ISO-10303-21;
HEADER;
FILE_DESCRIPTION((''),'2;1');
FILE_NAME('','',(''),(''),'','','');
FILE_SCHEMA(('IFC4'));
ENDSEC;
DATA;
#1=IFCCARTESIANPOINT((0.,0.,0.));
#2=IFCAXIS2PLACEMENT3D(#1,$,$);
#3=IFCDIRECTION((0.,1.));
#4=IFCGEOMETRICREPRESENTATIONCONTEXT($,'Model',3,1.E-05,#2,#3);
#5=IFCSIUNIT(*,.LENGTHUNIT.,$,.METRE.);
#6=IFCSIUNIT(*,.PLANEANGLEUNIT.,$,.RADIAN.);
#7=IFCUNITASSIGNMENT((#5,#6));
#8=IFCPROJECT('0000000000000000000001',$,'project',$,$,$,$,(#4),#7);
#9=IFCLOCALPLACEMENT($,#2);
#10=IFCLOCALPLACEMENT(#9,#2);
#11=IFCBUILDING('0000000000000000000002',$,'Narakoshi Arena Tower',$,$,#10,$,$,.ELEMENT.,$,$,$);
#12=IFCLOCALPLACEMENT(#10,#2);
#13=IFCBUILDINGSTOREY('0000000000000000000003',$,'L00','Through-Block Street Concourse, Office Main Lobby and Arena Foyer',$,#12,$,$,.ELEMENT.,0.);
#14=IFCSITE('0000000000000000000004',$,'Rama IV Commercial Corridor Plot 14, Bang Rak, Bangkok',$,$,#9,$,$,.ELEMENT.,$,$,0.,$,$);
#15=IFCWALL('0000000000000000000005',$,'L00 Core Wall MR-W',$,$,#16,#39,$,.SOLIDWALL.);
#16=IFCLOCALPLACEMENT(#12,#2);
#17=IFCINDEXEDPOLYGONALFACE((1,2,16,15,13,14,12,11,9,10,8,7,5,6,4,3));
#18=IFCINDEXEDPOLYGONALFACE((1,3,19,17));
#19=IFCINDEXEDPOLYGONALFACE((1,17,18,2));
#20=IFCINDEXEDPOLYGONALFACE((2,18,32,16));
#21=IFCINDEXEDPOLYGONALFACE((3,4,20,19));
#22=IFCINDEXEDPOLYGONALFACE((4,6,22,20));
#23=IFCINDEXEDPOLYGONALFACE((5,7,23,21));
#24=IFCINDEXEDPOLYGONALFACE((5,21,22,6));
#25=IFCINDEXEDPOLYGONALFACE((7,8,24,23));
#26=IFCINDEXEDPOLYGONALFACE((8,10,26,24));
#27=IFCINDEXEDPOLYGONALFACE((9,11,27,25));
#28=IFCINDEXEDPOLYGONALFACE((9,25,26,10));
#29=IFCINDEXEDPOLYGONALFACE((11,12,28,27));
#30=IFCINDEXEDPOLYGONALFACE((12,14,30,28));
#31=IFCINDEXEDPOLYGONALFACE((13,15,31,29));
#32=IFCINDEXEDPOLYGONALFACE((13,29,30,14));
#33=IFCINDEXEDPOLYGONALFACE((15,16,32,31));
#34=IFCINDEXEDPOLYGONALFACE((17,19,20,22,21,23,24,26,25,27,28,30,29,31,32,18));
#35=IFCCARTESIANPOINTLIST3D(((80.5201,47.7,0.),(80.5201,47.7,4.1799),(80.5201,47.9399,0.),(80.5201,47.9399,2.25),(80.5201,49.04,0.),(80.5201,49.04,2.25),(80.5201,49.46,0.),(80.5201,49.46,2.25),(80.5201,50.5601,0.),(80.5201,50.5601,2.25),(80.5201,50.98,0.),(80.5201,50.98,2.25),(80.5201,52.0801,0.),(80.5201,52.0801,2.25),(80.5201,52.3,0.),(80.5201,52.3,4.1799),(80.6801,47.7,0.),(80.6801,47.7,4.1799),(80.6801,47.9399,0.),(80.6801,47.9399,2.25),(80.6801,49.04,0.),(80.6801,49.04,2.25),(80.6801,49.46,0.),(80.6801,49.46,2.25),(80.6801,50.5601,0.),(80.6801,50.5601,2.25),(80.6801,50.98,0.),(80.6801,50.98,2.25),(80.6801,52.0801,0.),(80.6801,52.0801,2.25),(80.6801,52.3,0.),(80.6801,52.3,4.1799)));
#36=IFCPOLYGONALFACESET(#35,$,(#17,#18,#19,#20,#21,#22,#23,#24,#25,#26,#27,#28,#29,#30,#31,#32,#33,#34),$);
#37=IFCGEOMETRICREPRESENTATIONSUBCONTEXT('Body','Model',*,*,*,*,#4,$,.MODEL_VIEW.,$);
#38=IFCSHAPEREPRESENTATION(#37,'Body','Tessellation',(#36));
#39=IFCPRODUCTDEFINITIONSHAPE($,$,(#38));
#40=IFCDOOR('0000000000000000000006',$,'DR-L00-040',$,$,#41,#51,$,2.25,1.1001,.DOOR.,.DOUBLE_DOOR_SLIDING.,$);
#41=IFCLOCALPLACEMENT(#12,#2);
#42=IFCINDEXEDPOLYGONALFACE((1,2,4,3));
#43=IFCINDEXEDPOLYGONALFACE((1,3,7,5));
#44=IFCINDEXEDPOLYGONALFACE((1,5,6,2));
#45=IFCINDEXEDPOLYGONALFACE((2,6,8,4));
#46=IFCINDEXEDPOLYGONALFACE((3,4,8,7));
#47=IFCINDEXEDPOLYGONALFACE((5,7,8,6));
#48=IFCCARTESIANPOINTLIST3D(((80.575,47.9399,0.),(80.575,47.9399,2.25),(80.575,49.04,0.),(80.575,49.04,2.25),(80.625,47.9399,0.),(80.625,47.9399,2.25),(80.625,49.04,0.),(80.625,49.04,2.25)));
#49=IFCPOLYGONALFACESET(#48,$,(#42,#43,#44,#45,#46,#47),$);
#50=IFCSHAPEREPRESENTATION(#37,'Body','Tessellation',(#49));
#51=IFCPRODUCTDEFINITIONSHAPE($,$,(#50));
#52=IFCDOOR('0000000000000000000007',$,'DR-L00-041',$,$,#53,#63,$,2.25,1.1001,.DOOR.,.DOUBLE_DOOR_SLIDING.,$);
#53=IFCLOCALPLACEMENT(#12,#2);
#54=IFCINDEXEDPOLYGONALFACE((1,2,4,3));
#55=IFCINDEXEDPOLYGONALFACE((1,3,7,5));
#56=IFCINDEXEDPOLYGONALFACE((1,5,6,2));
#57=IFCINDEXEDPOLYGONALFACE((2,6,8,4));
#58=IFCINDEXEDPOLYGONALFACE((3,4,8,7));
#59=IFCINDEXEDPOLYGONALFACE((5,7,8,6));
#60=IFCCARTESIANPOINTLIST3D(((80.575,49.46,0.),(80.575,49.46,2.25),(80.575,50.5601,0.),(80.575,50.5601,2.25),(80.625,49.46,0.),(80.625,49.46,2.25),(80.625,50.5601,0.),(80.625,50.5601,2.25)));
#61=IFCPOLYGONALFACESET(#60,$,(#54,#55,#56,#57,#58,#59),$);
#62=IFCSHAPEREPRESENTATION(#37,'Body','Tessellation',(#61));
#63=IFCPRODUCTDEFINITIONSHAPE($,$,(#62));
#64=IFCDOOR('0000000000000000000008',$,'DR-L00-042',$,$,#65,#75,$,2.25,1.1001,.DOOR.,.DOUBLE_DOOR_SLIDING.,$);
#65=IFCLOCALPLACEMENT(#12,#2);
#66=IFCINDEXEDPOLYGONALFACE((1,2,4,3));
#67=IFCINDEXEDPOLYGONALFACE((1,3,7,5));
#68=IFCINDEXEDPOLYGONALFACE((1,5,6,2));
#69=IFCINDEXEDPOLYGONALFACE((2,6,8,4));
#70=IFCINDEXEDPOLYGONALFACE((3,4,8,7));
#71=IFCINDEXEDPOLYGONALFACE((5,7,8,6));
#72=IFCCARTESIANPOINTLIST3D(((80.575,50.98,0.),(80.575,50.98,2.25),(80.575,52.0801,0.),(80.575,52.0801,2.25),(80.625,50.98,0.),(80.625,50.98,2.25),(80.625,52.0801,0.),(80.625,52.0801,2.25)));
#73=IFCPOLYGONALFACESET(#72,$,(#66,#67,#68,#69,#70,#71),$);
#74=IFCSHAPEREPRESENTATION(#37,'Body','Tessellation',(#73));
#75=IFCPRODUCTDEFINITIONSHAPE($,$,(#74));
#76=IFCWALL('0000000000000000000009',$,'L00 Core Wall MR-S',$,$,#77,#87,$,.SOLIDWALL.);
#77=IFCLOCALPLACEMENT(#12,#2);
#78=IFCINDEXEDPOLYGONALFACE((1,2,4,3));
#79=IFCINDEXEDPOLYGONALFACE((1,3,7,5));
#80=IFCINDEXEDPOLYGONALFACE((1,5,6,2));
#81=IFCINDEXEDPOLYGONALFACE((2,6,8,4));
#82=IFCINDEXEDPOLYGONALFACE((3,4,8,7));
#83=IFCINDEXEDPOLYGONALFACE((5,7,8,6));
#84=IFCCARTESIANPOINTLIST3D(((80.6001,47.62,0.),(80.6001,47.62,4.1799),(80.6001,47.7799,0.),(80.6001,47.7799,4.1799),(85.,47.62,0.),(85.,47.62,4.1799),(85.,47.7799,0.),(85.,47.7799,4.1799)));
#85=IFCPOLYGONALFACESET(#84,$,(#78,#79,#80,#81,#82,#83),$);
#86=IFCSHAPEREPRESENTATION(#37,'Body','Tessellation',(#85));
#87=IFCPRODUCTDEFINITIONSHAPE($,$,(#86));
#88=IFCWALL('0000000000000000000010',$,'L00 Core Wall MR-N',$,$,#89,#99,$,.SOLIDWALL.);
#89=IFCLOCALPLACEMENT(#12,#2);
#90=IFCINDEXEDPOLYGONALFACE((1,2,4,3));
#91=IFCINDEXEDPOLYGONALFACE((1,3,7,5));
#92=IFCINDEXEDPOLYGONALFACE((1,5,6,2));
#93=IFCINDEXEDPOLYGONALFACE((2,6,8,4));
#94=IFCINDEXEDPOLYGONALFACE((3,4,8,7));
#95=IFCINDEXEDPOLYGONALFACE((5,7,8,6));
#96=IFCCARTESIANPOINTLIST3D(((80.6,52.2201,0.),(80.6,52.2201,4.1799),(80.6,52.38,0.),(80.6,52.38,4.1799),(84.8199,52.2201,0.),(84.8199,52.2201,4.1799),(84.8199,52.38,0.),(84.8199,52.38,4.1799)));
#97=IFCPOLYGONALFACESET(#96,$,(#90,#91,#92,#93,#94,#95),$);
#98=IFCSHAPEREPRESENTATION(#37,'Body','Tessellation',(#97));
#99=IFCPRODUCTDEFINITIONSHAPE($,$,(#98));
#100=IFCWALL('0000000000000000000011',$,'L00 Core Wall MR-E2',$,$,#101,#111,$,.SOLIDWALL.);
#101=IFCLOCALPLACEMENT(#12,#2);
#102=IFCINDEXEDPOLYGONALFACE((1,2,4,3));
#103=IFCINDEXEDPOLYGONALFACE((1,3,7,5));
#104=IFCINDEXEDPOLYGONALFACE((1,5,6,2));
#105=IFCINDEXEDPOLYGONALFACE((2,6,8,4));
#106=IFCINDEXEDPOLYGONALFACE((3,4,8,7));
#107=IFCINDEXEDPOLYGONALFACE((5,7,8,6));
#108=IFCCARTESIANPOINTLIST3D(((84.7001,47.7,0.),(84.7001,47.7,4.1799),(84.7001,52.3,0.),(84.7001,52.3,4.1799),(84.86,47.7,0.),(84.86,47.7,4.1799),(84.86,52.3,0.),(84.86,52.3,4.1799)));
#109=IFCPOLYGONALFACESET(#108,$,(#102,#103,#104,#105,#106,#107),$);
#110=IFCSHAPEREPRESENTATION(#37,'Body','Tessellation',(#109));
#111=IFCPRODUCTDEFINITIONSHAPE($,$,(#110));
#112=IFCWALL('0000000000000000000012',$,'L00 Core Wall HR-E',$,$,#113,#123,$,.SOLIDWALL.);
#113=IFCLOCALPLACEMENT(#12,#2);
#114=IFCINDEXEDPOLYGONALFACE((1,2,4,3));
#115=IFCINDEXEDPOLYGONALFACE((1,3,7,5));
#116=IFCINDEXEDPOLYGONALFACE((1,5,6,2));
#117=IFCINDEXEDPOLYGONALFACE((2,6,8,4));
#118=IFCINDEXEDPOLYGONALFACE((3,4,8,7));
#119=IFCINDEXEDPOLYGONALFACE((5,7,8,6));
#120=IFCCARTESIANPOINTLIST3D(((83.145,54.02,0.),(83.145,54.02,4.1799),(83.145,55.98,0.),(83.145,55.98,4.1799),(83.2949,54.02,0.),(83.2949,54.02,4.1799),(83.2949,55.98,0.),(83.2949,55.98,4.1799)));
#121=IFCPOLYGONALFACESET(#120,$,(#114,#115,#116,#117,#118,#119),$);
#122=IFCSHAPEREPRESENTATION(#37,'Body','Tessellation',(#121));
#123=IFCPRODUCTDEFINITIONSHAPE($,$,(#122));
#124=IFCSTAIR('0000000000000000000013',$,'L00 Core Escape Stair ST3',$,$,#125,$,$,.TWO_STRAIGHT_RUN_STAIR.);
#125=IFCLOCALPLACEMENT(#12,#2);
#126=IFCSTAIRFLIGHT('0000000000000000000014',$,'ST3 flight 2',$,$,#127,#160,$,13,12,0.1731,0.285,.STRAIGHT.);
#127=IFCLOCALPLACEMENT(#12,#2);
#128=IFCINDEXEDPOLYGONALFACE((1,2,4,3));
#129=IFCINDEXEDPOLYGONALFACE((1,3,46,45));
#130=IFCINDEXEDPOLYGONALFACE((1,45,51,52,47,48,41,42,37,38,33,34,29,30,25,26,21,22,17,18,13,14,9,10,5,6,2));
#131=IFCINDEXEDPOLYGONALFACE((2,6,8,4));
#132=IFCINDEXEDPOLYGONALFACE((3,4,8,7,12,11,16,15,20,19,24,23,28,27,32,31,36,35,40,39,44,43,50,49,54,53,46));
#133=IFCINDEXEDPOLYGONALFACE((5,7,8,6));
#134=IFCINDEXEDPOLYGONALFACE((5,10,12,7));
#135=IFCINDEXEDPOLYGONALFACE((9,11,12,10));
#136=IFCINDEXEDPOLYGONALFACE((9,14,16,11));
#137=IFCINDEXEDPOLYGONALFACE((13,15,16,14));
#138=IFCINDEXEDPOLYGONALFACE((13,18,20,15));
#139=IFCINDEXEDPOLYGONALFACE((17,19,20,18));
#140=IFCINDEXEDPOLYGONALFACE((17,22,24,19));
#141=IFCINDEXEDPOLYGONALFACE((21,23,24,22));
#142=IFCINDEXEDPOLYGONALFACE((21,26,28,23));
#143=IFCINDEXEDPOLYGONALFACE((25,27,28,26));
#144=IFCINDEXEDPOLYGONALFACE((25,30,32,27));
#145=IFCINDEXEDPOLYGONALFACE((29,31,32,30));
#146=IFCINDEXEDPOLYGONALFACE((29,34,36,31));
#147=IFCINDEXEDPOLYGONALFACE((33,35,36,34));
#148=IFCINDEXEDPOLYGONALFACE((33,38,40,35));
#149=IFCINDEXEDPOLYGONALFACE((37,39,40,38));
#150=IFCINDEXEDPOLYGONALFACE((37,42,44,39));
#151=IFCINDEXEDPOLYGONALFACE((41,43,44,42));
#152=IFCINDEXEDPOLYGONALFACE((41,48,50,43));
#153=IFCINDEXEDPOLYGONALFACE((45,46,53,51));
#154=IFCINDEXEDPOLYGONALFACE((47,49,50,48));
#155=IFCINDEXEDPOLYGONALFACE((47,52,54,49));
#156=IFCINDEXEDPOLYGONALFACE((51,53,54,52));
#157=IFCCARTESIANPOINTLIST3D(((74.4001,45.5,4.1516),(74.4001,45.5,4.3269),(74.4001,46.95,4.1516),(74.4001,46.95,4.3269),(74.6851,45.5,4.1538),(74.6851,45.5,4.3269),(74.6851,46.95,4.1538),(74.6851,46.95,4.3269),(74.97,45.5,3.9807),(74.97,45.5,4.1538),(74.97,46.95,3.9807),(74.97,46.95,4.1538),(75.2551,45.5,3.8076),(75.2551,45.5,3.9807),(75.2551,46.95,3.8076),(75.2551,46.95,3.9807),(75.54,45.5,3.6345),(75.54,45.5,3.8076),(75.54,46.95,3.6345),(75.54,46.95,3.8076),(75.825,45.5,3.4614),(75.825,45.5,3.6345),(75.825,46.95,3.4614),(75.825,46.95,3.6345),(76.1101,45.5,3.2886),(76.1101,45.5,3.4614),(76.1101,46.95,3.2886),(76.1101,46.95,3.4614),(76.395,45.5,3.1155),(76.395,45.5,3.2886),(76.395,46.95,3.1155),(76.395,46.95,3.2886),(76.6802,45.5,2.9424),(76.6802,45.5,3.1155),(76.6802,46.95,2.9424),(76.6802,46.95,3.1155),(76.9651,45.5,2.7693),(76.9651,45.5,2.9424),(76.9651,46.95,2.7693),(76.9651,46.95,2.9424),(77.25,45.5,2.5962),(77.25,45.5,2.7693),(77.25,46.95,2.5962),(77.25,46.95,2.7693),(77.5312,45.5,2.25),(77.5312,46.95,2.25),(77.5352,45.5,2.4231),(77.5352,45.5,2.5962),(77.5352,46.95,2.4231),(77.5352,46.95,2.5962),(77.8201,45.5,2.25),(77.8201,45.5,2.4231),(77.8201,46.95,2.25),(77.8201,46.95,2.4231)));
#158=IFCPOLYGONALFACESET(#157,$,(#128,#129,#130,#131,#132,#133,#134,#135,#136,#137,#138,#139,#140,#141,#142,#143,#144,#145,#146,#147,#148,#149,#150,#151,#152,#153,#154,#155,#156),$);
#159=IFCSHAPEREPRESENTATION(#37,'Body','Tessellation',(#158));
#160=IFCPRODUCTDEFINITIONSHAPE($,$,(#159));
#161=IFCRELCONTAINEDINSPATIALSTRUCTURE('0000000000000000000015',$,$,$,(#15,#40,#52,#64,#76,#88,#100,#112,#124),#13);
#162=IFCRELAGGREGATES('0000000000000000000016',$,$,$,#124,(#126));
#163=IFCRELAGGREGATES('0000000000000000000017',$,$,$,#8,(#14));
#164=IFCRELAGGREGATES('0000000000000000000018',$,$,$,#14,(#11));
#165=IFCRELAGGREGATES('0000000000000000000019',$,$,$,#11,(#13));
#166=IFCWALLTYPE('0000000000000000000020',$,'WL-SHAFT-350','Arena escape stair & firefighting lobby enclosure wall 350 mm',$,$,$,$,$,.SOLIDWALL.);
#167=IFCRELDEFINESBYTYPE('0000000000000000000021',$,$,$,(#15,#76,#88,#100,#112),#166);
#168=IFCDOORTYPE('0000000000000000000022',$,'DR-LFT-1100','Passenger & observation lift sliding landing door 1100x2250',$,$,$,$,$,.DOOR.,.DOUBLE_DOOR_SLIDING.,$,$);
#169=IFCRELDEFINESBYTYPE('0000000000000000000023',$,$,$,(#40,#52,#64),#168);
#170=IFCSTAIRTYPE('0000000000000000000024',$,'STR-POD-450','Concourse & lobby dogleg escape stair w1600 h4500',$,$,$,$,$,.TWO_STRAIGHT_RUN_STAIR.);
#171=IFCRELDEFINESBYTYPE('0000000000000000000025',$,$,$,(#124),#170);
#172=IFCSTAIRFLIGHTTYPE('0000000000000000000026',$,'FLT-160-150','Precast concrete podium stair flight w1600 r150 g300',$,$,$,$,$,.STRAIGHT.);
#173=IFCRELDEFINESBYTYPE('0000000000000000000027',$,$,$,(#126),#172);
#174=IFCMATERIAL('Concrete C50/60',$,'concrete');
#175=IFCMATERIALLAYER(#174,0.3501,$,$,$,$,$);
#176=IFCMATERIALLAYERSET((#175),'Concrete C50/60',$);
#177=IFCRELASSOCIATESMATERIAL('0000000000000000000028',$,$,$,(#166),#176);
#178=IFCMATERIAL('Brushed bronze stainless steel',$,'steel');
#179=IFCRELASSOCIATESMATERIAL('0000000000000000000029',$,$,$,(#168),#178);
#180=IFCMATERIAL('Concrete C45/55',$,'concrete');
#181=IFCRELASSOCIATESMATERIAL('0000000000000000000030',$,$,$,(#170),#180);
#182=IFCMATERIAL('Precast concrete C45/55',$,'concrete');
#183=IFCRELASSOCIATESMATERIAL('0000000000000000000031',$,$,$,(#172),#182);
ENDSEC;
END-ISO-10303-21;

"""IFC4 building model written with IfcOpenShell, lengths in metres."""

from ifc_helpers import new_model, si_unit, direction, frame, frame_2d, origin, place, context, subcontext, project, spatial, polyline, rectangle, outline, extrude, material, layer, layer_set, type_object, element, fill, aggregate, save


model = new_model("IFC4")

# Units and contexts
model_context = context("Model", 3, precision=1e-05, world=origin(), true_north=direction((0.0, 1.0)))
body_context = subcontext(model_context, "Body", "Model", "MODEL_VIEW")
ifc_project = project(units=[si_unit("LENGTHUNIT", "METRE"), si_unit("PLANEANGLEUNIT", "RADIAN")], contexts=[model_context])

# Site, building, storey
site_placement = place(None, origin())
site = spatial("IfcSite", under=ifc_project, at=site_placement, Name="Rama IV Commercial Corridor Plot 14, Bang Rak, Bangkok", CompositionType="ELEMENT", RefElevation=0.0)
building_placement = place(site_placement, origin())
building = spatial("IfcBuilding", under=site, at=building_placement, Name="Narakoshi Arena Tower", CompositionType="ELEMENT")
storey_placement = place(building_placement, origin())
storey = spatial("IfcBuildingStorey", under=building, at=storey_placement, Name="L00", Description="Through-Block Street Concourse, Office Main Lobby and Arena Foyer", CompositionType="ELEMENT", Elevation=0.0)

# Wall, openings, doors
ifc_material_1 = material(Name="Concrete C50/60", Category="concrete")
ifc_layer_1 = layer(ifc_material_1, 0.3501)
ifc_layer_set_1 = layer_set([ifc_layer_1], Name="Concrete C50/60")
wall_type_1 = type_object("IfcWallType", Name="WL-SHAFT-350", Description="Arena escape stair & firefighting lobby enclosure wall 350 mm", PredefinedType="SOLIDWALL", material=ifc_layer_set_1)
wall_1_placement = place(storey_placement, frame((80.6001, 47.7, 0.0), z_axis=(0.0, 0.0, 1.0), x_axis=(0.0, 1.0, 0.0)))
wall_1 = element("IfcWall", 1, at=wall_1_placement, inside=storey, type_object=wall_type_1, Name="L00 Core Wall MR-W", PredefinedType="SOLIDWALL", context=body_context, shape_type="SweptSolid", body=[
    extrude(rectangle(XDim=4.6001, YDim=0.1599, at=frame_2d((2.3, 0.0))), origin(), (0.0, 0.0, 1.0), 4.1799),
])
opening_1_placement = place(wall_1_placement, frame((0.24, 0.0, 0.0)))
opening_1 = element("IfcOpeningElement", 2, at=opening_1_placement, cuts=wall_1, PredefinedType="OPENING", context=body_context, shape_type="SweptSolid", body=[
    extrude(rectangle(XDim=1.1001, YDim=2.25, at=frame_2d((0.55, 1.125))), frame((0.0, 0.0898, 0.0), z_axis=(0.0, -1.0, 0.0), x_axis=(1.0, 0.0, 0.0)), (0.0, 0.0, 1.0), 0.1799),
])
opening_2_placement = place(wall_1_placement, frame((1.76, 0.0, 0.0)))
opening_2 = element("IfcOpeningElement", 3, at=opening_2_placement, cuts=wall_1, PredefinedType="OPENING", context=body_context, shape_type="SweptSolid", body=[
    extrude(rectangle(XDim=1.1001, YDim=2.25, at=frame_2d((0.55, 1.125))), frame((0.0, 0.0898, 0.0), z_axis=(0.0, -1.0, 0.0), x_axis=(1.0, 0.0, 0.0)), (0.0, 0.0, 1.0), 0.1799),
])
opening_3_placement = place(wall_1_placement, frame((3.28, 0.0, 0.0)))
opening_3 = element("IfcOpeningElement", 4, at=opening_3_placement, cuts=wall_1, PredefinedType="OPENING", context=body_context, shape_type="SweptSolid", body=[
    extrude(rectangle(XDim=1.1001, YDim=2.25, at=frame_2d((0.55, 1.125))), frame((0.0, 0.0898, 0.0), z_axis=(0.0, -1.0, 0.0), x_axis=(1.0, 0.0, 0.0)), (0.0, 0.0, 1.0), 0.1799),
])
ifc_material_2 = material(Name="Brushed bronze stainless steel", Category="steel")
door_type_1 = type_object("IfcDoorType", Name="DR-LFT-1100", Description="Passenger & observation lift sliding landing door 1100x2250", OperationType="DOUBLE_DOOR_SLIDING", PredefinedType="DOOR", material=ifc_material_2)
door_1_placement = place(opening_1_placement, frame((1.1001, 0.0, 0.0), z_axis=(0.0, 0.0, 1.0), x_axis=(-1.0, 0.0, 0.0)))
door_1 = element("IfcDoor", 5, at=door_1_placement, inside=storey, type_object=door_type_1, Name="DR-L00-040", OperationType="DOUBLE_DOOR_SLIDING", OverallHeight=2.25, OverallWidth=1.1001, PredefinedType="DOOR", context=body_context, shape_type="SweptSolid", body=[
    extrude(rectangle(XDim=1.1001, YDim=2.25, at=frame_2d((0.55, 1.125))), frame((0.0, 0.0249, 0.0), z_axis=(0.0, -1.0, 0.0), x_axis=(1.0, 0.0, 0.0)), (0.0, 0.0, 1.0), 0.05),
])
fill(opening_1, door_1)
door_2_placement = place(opening_2_placement, frame((1.1001, 0.0, 0.0), z_axis=(0.0, 0.0, 1.0), x_axis=(-1.0, 0.0, 0.0)))
door_2 = element("IfcDoor", 6, at=door_2_placement, inside=storey, type_object=door_type_1, Name="DR-L00-041", OperationType="DOUBLE_DOOR_SLIDING", OverallHeight=2.25, OverallWidth=1.1001, PredefinedType="DOOR", context=body_context, shape_type="SweptSolid", body=[
    extrude(rectangle(XDim=1.1001, YDim=2.25, at=frame_2d((0.55, 1.125))), frame((0.0, 0.0249, 0.0), z_axis=(0.0, -1.0, 0.0), x_axis=(1.0, 0.0, 0.0)), (0.0, 0.0, 1.0), 0.05),
])
fill(opening_2, door_2)
door_3_placement = place(opening_3_placement, frame((1.1001, 0.0, 0.0), z_axis=(0.0, 0.0, 1.0), x_axis=(-1.0, 0.0, 0.0)))
door_3 = element("IfcDoor", 7, at=door_3_placement, inside=storey, type_object=door_type_1, Name="DR-L00-042", OperationType="DOUBLE_DOOR_SLIDING", OverallHeight=2.25, OverallWidth=1.1001, PredefinedType="DOOR", context=body_context, shape_type="SweptSolid", body=[
    extrude(rectangle(XDim=1.1001, YDim=2.25, at=frame_2d((0.55, 1.125))), frame((0.0, 0.0249, 0.0), z_axis=(0.0, -1.0, 0.0), x_axis=(1.0, 0.0, 0.0)), (0.0, 0.0, 1.0), 0.05),
])
fill(opening_3, door_3)

# Walls
wall_2_placement = place(storey_placement, frame((80.6001, 47.7, 0.0), z_axis=(0.0, 0.0, 1.0), x_axis=(1.0, 0.0, 0.0)))
element("IfcWall", 8, at=wall_2_placement, inside=storey, type_object=wall_type_1, Name="L00 Core Wall MR-S", PredefinedType="SOLIDWALL", context=body_context, shape_type="SweptSolid", body=[
    extrude(rectangle(XDim=4.3999, YDim=0.1599, at=frame_2d((2.2, 0.0))), origin(), (0.0, 0.0, 1.0), 4.1799),
])
wall_3_placement = place(storey_placement, frame((80.6001, 52.3, 0.0), z_axis=(0.0, 0.0, 1.0), x_axis=(1.0, 0.0, 0.0)))
element("IfcWall", 9, at=wall_3_placement, inside=storey, type_object=wall_type_1, Name="L00 Core Wall MR-N", PredefinedType="SOLIDWALL", context=body_context, shape_type="SweptSolid", body=[
    extrude(rectangle(XDim=4.22, YDim=0.1599, at=frame_2d((2.1099, 0.0))), origin(), (0.0, 0.0, 1.0), 4.1799),
])
wall_4_placement = place(storey_placement, frame((84.78, 47.7, 0.0), z_axis=(0.0, 0.0, 1.0), x_axis=(0.0, 1.0, 0.0)))
element("IfcWall", 10, at=wall_4_placement, inside=storey, type_object=wall_type_1, Name="L00 Core Wall MR-E2", PredefinedType="SOLIDWALL", context=body_context, shape_type="SweptSolid", body=[
    extrude(rectangle(XDim=4.6001, YDim=0.1599, at=frame_2d((2.3, 0.0))), origin(), (0.0, 0.0, 1.0), 4.1799),
])
wall_5_placement = place(storey_placement, frame((83.22, 54.02, 0.0), z_axis=(0.0, 0.0, 1.0), x_axis=(0.0, 1.0, 0.0)))
element("IfcWall", 11, at=wall_5_placement, inside=storey, type_object=wall_type_1, Name="L00 Core Wall HR-E", PredefinedType="SOLIDWALL", context=body_context, shape_type="SweptSolid", body=[
    extrude(rectangle(XDim=1.96, YDim=0.1499, at=frame_2d((0.98, 0.0))), origin(), (0.0, 0.0, 1.0), 4.1799),
])

# Stair, stair flight
ifc_material_3 = material(Name="Concrete C45/55", Category="concrete")
stair_type = type_object("IfcStairType", Name="STR-POD-450", Description="Concourse & lobby dogleg escape stair w1600 h4500", PredefinedType="TWO_STRAIGHT_RUN_STAIR", material=ifc_material_3)
stair_placement = place(storey_placement, origin())
stair = element("IfcStair", 12, at=stair_placement, inside=storey, type_object=stair_type, Name="L00 Core Escape Stair ST3", PredefinedType="TWO_STRAIGHT_RUN_STAIR")
ifc_material_4 = material(Name="Precast concrete C45/55", Category="concrete")
stair_flight_type = type_object("IfcStairFlightType", Name="FLT-160-150", Description="Precast concrete podium stair flight w1600 r150 g300", PredefinedType="STRAIGHT", material=ifc_material_4)
stair_flight_placement = place(storey_placement, frame((77.8201, 46.2251, 2.25), z_axis=(0.0, 0.0, 1.0), x_axis=(-1.0, 0.0, 0.0)))
stair_flight = element("IfcStairFlight", 13, at=stair_flight_placement, type_object=stair_flight_type, Name="ST3 flight 2", NumberOfRisers=13, NumberOfTreads=12, PredefinedType="STRAIGHT", RiserHeight=0.1731, TreadLength=0.285, context=body_context, shape_type="SweptSolid", body=[
    extrude(outline(polyline([(0.0, 0.0), (0.0, 0.1731), (0.2849, 0.1731), (0.2849, 0.3462), (0.5701, 0.3462), (0.5701, 0.5193), (0.855, 0.5193), (0.855, 0.6924), (1.1399, 0.6924), (1.1399, 0.8655), (1.425, 0.8655), (1.425, 1.0386), (1.71, 1.0386), (1.71, 1.2114), (1.9951, 1.2114), (1.9951, 1.3845), (2.28, 1.3845), (2.28, 1.5576), (2.5649, 1.5576), (2.5649, 1.7307), (2.8501, 1.7307), (2.8501, 1.9038), (3.135, 1.9038), (3.135, 2.0769), (3.4199, 2.0769), (3.4199, 2.25), (3.4199, 1.9016), (0.2888, 0.0), (0.0, 0.0)])), frame((0.0, 0.7251, 0.0), z_axis=(0.0, -1.0, 0.0), x_axis=(1.0, 0.0, 0.0)), (0.0, 0.0, 1.0), 1.45),
])
aggregate(stair, [stair_flight])

save(model, "model.ifc")
